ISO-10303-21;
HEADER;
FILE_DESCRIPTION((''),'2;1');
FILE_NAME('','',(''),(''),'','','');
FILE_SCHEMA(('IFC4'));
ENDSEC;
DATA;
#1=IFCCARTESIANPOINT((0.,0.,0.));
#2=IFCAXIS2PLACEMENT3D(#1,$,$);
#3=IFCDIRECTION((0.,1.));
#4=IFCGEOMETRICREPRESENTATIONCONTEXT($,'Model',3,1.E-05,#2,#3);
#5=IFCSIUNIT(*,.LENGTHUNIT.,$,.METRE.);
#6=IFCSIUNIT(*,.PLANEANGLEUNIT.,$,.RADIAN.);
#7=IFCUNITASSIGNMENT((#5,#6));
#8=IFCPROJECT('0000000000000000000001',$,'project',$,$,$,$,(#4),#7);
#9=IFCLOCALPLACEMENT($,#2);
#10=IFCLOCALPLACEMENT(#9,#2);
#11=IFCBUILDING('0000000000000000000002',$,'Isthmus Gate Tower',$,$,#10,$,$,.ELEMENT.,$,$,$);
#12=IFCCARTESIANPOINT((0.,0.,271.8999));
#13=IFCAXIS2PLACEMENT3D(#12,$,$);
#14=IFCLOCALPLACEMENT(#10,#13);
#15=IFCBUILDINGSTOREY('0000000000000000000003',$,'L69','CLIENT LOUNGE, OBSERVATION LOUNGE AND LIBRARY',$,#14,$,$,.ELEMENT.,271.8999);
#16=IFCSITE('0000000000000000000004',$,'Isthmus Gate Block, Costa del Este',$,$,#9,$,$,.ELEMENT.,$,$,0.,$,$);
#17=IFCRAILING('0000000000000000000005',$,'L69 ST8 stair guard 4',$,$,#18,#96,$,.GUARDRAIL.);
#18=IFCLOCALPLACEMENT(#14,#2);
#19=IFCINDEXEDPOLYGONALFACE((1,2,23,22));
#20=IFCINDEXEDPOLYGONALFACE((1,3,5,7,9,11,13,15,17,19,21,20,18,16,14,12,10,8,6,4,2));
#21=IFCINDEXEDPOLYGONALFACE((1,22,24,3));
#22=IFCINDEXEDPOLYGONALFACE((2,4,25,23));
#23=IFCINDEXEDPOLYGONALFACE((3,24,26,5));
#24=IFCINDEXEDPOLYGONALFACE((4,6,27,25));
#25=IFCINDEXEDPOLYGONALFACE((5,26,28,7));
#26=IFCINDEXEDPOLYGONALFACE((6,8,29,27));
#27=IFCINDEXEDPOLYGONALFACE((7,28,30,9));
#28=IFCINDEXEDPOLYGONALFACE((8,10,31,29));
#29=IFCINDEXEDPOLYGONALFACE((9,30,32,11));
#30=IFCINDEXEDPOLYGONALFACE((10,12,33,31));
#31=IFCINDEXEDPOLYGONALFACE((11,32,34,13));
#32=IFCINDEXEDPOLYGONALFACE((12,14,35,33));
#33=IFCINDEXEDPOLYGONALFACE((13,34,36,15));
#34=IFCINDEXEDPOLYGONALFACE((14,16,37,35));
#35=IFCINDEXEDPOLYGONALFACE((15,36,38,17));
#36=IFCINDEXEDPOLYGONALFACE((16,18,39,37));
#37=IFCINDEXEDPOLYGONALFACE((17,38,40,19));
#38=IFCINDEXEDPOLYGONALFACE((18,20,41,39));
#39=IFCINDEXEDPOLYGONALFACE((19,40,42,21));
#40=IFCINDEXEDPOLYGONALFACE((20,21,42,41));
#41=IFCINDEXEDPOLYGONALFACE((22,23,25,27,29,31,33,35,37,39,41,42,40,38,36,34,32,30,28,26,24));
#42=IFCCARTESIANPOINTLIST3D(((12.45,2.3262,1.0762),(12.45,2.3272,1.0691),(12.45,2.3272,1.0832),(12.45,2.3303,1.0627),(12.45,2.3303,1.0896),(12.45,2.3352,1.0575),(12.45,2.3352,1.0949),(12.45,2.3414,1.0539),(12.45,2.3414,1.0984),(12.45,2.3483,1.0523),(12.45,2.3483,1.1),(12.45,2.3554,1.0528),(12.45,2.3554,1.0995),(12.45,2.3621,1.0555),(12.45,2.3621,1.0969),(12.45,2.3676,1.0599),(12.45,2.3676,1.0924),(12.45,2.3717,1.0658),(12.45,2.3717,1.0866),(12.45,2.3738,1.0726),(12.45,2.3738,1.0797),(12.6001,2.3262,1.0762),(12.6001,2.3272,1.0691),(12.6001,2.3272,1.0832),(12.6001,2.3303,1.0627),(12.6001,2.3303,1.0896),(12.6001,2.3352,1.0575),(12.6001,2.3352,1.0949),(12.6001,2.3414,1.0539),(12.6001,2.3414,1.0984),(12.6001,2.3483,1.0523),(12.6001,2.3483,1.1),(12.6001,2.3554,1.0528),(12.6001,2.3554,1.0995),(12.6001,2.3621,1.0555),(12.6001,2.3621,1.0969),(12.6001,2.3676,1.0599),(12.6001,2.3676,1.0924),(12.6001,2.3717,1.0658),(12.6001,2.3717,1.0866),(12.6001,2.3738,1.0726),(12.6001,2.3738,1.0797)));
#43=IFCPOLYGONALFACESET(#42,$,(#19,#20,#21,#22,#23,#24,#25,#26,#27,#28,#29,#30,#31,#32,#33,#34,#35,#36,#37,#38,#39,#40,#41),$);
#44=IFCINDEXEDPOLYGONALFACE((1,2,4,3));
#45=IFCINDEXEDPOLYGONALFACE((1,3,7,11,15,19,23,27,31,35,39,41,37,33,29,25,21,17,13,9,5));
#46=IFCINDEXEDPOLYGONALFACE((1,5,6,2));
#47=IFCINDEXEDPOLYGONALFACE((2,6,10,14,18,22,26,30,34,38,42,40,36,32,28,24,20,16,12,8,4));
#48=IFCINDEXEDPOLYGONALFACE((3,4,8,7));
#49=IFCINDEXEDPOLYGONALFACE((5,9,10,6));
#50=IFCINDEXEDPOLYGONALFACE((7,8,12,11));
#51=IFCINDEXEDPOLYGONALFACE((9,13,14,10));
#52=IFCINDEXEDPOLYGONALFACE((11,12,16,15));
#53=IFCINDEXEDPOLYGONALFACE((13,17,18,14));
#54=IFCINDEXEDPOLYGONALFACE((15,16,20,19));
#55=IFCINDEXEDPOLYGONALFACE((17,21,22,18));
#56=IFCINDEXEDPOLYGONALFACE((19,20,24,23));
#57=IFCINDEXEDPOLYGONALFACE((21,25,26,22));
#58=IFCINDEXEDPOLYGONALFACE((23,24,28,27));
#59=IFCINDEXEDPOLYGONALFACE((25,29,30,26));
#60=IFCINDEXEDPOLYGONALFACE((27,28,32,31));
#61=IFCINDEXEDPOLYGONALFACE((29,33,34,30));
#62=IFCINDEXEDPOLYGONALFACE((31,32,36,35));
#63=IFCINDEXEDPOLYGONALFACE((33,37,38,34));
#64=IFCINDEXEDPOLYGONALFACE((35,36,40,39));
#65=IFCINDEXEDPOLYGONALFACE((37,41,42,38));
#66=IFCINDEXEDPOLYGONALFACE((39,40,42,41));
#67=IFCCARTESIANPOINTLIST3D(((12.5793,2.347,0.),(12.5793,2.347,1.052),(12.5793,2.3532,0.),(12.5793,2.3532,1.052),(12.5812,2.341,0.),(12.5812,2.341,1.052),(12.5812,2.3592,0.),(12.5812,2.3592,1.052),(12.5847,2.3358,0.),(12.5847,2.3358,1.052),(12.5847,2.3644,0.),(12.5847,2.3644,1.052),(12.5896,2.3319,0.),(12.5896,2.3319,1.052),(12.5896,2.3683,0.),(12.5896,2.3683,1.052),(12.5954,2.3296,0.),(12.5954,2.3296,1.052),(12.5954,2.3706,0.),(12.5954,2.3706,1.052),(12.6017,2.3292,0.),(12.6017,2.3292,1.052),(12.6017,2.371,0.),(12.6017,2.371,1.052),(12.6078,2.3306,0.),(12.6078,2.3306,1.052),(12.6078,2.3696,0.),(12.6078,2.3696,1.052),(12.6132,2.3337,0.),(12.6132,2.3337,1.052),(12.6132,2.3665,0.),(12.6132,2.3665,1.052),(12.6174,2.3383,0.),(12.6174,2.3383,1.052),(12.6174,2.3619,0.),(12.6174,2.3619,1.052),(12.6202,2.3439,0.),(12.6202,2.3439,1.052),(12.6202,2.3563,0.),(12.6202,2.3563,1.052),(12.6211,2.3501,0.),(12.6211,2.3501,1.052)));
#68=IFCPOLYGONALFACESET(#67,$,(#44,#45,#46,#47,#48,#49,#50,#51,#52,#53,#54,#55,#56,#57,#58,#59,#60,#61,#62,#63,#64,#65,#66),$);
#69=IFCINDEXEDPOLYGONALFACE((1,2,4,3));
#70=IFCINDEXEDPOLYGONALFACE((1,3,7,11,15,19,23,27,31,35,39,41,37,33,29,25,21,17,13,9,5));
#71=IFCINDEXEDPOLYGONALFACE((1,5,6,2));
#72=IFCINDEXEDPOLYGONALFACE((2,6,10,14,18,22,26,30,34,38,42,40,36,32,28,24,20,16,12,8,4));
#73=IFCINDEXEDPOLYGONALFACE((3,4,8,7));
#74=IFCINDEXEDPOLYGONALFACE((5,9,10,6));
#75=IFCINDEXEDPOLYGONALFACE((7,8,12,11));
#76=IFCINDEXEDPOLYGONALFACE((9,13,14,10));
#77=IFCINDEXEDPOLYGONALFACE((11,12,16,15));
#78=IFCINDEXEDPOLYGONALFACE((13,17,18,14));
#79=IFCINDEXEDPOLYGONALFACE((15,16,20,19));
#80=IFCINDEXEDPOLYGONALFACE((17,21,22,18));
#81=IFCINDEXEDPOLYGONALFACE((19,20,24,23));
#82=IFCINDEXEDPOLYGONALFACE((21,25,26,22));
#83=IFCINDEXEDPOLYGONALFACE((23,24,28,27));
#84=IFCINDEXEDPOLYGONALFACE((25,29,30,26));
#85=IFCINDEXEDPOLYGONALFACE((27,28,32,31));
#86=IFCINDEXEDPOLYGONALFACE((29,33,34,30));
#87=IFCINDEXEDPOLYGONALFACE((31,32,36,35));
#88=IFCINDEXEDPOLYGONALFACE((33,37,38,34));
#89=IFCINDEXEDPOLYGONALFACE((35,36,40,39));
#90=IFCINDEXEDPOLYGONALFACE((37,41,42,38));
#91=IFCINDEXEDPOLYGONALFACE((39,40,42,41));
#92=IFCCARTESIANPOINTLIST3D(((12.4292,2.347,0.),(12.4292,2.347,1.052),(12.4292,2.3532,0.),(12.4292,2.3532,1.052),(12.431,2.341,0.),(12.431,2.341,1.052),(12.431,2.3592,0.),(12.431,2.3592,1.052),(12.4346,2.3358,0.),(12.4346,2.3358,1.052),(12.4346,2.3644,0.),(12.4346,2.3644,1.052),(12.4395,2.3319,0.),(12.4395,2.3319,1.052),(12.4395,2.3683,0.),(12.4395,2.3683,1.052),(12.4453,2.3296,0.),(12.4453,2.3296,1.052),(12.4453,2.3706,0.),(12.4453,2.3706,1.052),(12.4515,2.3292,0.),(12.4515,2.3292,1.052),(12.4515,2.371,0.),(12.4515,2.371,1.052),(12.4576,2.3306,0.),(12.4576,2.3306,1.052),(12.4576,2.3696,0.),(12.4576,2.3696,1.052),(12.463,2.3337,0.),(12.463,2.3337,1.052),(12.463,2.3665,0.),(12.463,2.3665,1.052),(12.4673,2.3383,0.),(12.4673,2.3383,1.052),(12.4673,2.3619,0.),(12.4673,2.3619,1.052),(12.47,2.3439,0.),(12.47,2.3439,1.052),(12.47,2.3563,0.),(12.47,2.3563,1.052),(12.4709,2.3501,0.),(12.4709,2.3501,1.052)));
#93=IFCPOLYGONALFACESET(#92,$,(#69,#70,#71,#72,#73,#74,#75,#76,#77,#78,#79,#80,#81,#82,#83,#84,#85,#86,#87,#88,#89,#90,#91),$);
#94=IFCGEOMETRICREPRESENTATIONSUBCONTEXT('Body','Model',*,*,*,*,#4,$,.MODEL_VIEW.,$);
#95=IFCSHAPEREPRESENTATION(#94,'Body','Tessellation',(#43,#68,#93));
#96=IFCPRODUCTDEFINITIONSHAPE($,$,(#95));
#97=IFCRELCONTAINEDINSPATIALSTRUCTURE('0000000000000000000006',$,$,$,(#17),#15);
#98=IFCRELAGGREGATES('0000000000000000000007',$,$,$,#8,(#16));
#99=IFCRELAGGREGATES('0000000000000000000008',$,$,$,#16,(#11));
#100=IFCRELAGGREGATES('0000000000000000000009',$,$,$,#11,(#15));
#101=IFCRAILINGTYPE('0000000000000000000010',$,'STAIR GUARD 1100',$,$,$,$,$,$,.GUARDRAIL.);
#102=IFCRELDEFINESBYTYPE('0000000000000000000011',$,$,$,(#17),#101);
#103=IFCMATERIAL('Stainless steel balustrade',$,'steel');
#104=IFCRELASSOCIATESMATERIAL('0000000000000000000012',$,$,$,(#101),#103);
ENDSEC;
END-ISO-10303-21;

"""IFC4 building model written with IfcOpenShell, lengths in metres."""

from ifc_helpers import new_model, si_unit, direction, frame, origin, origin_2d, place, context, subcontext, project, spatial, circle, extrude, material, type_object, element, save


model = new_model("IFC4")

# Units and contexts
model_context = context("Model", 3, precision=1e-05, world=origin(), true_north=direction((0.0, 1.0)))
body_context = subcontext(model_context, "Body", "Model", "MODEL_VIEW")
ifc_project = project(units=[si_unit("LENGTHUNIT", "METRE"), si_unit("PLANEANGLEUNIT", "RADIAN")], contexts=[model_context])

# Site, building, storey
site_placement = place(None, origin())
site = spatial("IfcSite", under=ifc_project, at=site_placement, Name="Isthmus Gate Block, Costa del Este", CompositionType="ELEMENT", RefElevation=0.0)
building_placement = place(site_placement, origin())
building = spatial("IfcBuilding", under=site, at=building_placement, Name="Isthmus Gate Tower", CompositionType="ELEMENT")
storey_placement = place(building_placement, frame((0.0, 0.0, 271.8999)))
storey = spatial("IfcBuildingStorey", under=building, at=storey_placement, Name="L69", Description="CLIENT LOUNGE, OBSERVATION LOUNGE AND LIBRARY", CompositionType="ELEMENT", Elevation=271.8999)

# Railing
ifc_material_1 = material(Name="Stainless steel balustrade", Category="steel")
railing_type_1 = type_object("IfcRailingType", Name="STAIR GUARD 1100", PredefinedType="GUARDRAIL", material=ifc_material_1)
railing_1_placement = place(storey_placement, frame((12.6001, 2.3501, 0.0)))
element("IfcRailing", 1, at=railing_1_placement, inside=storey, type_object=railing_type_1, Name="L69 ST8 stair guard 4", PredefinedType="GUARDRAIL", context=body_context, shape_type="SweptSolid", body=[
    extrude(circle(Radius=0.0239, at=origin_2d()), frame((0.0, 0.0, 1.0762), z_axis=(-1.0, 0.0, 0.0), x_axis=(0.0, -1.0, 0.0)), (0.0, 0.0, 1.0), 0.1501),
    extrude(circle(Radius=0.021, at=origin_2d()), origin(), (0.0, 0.0, 1.0), 1.052),
    extrude(circle(Radius=0.021, at=origin_2d()), frame((-0.1501, 0.0, 0.0)), (0.0, 0.0, 1.0), 1.052),
])

save(model, "model.ifc")
